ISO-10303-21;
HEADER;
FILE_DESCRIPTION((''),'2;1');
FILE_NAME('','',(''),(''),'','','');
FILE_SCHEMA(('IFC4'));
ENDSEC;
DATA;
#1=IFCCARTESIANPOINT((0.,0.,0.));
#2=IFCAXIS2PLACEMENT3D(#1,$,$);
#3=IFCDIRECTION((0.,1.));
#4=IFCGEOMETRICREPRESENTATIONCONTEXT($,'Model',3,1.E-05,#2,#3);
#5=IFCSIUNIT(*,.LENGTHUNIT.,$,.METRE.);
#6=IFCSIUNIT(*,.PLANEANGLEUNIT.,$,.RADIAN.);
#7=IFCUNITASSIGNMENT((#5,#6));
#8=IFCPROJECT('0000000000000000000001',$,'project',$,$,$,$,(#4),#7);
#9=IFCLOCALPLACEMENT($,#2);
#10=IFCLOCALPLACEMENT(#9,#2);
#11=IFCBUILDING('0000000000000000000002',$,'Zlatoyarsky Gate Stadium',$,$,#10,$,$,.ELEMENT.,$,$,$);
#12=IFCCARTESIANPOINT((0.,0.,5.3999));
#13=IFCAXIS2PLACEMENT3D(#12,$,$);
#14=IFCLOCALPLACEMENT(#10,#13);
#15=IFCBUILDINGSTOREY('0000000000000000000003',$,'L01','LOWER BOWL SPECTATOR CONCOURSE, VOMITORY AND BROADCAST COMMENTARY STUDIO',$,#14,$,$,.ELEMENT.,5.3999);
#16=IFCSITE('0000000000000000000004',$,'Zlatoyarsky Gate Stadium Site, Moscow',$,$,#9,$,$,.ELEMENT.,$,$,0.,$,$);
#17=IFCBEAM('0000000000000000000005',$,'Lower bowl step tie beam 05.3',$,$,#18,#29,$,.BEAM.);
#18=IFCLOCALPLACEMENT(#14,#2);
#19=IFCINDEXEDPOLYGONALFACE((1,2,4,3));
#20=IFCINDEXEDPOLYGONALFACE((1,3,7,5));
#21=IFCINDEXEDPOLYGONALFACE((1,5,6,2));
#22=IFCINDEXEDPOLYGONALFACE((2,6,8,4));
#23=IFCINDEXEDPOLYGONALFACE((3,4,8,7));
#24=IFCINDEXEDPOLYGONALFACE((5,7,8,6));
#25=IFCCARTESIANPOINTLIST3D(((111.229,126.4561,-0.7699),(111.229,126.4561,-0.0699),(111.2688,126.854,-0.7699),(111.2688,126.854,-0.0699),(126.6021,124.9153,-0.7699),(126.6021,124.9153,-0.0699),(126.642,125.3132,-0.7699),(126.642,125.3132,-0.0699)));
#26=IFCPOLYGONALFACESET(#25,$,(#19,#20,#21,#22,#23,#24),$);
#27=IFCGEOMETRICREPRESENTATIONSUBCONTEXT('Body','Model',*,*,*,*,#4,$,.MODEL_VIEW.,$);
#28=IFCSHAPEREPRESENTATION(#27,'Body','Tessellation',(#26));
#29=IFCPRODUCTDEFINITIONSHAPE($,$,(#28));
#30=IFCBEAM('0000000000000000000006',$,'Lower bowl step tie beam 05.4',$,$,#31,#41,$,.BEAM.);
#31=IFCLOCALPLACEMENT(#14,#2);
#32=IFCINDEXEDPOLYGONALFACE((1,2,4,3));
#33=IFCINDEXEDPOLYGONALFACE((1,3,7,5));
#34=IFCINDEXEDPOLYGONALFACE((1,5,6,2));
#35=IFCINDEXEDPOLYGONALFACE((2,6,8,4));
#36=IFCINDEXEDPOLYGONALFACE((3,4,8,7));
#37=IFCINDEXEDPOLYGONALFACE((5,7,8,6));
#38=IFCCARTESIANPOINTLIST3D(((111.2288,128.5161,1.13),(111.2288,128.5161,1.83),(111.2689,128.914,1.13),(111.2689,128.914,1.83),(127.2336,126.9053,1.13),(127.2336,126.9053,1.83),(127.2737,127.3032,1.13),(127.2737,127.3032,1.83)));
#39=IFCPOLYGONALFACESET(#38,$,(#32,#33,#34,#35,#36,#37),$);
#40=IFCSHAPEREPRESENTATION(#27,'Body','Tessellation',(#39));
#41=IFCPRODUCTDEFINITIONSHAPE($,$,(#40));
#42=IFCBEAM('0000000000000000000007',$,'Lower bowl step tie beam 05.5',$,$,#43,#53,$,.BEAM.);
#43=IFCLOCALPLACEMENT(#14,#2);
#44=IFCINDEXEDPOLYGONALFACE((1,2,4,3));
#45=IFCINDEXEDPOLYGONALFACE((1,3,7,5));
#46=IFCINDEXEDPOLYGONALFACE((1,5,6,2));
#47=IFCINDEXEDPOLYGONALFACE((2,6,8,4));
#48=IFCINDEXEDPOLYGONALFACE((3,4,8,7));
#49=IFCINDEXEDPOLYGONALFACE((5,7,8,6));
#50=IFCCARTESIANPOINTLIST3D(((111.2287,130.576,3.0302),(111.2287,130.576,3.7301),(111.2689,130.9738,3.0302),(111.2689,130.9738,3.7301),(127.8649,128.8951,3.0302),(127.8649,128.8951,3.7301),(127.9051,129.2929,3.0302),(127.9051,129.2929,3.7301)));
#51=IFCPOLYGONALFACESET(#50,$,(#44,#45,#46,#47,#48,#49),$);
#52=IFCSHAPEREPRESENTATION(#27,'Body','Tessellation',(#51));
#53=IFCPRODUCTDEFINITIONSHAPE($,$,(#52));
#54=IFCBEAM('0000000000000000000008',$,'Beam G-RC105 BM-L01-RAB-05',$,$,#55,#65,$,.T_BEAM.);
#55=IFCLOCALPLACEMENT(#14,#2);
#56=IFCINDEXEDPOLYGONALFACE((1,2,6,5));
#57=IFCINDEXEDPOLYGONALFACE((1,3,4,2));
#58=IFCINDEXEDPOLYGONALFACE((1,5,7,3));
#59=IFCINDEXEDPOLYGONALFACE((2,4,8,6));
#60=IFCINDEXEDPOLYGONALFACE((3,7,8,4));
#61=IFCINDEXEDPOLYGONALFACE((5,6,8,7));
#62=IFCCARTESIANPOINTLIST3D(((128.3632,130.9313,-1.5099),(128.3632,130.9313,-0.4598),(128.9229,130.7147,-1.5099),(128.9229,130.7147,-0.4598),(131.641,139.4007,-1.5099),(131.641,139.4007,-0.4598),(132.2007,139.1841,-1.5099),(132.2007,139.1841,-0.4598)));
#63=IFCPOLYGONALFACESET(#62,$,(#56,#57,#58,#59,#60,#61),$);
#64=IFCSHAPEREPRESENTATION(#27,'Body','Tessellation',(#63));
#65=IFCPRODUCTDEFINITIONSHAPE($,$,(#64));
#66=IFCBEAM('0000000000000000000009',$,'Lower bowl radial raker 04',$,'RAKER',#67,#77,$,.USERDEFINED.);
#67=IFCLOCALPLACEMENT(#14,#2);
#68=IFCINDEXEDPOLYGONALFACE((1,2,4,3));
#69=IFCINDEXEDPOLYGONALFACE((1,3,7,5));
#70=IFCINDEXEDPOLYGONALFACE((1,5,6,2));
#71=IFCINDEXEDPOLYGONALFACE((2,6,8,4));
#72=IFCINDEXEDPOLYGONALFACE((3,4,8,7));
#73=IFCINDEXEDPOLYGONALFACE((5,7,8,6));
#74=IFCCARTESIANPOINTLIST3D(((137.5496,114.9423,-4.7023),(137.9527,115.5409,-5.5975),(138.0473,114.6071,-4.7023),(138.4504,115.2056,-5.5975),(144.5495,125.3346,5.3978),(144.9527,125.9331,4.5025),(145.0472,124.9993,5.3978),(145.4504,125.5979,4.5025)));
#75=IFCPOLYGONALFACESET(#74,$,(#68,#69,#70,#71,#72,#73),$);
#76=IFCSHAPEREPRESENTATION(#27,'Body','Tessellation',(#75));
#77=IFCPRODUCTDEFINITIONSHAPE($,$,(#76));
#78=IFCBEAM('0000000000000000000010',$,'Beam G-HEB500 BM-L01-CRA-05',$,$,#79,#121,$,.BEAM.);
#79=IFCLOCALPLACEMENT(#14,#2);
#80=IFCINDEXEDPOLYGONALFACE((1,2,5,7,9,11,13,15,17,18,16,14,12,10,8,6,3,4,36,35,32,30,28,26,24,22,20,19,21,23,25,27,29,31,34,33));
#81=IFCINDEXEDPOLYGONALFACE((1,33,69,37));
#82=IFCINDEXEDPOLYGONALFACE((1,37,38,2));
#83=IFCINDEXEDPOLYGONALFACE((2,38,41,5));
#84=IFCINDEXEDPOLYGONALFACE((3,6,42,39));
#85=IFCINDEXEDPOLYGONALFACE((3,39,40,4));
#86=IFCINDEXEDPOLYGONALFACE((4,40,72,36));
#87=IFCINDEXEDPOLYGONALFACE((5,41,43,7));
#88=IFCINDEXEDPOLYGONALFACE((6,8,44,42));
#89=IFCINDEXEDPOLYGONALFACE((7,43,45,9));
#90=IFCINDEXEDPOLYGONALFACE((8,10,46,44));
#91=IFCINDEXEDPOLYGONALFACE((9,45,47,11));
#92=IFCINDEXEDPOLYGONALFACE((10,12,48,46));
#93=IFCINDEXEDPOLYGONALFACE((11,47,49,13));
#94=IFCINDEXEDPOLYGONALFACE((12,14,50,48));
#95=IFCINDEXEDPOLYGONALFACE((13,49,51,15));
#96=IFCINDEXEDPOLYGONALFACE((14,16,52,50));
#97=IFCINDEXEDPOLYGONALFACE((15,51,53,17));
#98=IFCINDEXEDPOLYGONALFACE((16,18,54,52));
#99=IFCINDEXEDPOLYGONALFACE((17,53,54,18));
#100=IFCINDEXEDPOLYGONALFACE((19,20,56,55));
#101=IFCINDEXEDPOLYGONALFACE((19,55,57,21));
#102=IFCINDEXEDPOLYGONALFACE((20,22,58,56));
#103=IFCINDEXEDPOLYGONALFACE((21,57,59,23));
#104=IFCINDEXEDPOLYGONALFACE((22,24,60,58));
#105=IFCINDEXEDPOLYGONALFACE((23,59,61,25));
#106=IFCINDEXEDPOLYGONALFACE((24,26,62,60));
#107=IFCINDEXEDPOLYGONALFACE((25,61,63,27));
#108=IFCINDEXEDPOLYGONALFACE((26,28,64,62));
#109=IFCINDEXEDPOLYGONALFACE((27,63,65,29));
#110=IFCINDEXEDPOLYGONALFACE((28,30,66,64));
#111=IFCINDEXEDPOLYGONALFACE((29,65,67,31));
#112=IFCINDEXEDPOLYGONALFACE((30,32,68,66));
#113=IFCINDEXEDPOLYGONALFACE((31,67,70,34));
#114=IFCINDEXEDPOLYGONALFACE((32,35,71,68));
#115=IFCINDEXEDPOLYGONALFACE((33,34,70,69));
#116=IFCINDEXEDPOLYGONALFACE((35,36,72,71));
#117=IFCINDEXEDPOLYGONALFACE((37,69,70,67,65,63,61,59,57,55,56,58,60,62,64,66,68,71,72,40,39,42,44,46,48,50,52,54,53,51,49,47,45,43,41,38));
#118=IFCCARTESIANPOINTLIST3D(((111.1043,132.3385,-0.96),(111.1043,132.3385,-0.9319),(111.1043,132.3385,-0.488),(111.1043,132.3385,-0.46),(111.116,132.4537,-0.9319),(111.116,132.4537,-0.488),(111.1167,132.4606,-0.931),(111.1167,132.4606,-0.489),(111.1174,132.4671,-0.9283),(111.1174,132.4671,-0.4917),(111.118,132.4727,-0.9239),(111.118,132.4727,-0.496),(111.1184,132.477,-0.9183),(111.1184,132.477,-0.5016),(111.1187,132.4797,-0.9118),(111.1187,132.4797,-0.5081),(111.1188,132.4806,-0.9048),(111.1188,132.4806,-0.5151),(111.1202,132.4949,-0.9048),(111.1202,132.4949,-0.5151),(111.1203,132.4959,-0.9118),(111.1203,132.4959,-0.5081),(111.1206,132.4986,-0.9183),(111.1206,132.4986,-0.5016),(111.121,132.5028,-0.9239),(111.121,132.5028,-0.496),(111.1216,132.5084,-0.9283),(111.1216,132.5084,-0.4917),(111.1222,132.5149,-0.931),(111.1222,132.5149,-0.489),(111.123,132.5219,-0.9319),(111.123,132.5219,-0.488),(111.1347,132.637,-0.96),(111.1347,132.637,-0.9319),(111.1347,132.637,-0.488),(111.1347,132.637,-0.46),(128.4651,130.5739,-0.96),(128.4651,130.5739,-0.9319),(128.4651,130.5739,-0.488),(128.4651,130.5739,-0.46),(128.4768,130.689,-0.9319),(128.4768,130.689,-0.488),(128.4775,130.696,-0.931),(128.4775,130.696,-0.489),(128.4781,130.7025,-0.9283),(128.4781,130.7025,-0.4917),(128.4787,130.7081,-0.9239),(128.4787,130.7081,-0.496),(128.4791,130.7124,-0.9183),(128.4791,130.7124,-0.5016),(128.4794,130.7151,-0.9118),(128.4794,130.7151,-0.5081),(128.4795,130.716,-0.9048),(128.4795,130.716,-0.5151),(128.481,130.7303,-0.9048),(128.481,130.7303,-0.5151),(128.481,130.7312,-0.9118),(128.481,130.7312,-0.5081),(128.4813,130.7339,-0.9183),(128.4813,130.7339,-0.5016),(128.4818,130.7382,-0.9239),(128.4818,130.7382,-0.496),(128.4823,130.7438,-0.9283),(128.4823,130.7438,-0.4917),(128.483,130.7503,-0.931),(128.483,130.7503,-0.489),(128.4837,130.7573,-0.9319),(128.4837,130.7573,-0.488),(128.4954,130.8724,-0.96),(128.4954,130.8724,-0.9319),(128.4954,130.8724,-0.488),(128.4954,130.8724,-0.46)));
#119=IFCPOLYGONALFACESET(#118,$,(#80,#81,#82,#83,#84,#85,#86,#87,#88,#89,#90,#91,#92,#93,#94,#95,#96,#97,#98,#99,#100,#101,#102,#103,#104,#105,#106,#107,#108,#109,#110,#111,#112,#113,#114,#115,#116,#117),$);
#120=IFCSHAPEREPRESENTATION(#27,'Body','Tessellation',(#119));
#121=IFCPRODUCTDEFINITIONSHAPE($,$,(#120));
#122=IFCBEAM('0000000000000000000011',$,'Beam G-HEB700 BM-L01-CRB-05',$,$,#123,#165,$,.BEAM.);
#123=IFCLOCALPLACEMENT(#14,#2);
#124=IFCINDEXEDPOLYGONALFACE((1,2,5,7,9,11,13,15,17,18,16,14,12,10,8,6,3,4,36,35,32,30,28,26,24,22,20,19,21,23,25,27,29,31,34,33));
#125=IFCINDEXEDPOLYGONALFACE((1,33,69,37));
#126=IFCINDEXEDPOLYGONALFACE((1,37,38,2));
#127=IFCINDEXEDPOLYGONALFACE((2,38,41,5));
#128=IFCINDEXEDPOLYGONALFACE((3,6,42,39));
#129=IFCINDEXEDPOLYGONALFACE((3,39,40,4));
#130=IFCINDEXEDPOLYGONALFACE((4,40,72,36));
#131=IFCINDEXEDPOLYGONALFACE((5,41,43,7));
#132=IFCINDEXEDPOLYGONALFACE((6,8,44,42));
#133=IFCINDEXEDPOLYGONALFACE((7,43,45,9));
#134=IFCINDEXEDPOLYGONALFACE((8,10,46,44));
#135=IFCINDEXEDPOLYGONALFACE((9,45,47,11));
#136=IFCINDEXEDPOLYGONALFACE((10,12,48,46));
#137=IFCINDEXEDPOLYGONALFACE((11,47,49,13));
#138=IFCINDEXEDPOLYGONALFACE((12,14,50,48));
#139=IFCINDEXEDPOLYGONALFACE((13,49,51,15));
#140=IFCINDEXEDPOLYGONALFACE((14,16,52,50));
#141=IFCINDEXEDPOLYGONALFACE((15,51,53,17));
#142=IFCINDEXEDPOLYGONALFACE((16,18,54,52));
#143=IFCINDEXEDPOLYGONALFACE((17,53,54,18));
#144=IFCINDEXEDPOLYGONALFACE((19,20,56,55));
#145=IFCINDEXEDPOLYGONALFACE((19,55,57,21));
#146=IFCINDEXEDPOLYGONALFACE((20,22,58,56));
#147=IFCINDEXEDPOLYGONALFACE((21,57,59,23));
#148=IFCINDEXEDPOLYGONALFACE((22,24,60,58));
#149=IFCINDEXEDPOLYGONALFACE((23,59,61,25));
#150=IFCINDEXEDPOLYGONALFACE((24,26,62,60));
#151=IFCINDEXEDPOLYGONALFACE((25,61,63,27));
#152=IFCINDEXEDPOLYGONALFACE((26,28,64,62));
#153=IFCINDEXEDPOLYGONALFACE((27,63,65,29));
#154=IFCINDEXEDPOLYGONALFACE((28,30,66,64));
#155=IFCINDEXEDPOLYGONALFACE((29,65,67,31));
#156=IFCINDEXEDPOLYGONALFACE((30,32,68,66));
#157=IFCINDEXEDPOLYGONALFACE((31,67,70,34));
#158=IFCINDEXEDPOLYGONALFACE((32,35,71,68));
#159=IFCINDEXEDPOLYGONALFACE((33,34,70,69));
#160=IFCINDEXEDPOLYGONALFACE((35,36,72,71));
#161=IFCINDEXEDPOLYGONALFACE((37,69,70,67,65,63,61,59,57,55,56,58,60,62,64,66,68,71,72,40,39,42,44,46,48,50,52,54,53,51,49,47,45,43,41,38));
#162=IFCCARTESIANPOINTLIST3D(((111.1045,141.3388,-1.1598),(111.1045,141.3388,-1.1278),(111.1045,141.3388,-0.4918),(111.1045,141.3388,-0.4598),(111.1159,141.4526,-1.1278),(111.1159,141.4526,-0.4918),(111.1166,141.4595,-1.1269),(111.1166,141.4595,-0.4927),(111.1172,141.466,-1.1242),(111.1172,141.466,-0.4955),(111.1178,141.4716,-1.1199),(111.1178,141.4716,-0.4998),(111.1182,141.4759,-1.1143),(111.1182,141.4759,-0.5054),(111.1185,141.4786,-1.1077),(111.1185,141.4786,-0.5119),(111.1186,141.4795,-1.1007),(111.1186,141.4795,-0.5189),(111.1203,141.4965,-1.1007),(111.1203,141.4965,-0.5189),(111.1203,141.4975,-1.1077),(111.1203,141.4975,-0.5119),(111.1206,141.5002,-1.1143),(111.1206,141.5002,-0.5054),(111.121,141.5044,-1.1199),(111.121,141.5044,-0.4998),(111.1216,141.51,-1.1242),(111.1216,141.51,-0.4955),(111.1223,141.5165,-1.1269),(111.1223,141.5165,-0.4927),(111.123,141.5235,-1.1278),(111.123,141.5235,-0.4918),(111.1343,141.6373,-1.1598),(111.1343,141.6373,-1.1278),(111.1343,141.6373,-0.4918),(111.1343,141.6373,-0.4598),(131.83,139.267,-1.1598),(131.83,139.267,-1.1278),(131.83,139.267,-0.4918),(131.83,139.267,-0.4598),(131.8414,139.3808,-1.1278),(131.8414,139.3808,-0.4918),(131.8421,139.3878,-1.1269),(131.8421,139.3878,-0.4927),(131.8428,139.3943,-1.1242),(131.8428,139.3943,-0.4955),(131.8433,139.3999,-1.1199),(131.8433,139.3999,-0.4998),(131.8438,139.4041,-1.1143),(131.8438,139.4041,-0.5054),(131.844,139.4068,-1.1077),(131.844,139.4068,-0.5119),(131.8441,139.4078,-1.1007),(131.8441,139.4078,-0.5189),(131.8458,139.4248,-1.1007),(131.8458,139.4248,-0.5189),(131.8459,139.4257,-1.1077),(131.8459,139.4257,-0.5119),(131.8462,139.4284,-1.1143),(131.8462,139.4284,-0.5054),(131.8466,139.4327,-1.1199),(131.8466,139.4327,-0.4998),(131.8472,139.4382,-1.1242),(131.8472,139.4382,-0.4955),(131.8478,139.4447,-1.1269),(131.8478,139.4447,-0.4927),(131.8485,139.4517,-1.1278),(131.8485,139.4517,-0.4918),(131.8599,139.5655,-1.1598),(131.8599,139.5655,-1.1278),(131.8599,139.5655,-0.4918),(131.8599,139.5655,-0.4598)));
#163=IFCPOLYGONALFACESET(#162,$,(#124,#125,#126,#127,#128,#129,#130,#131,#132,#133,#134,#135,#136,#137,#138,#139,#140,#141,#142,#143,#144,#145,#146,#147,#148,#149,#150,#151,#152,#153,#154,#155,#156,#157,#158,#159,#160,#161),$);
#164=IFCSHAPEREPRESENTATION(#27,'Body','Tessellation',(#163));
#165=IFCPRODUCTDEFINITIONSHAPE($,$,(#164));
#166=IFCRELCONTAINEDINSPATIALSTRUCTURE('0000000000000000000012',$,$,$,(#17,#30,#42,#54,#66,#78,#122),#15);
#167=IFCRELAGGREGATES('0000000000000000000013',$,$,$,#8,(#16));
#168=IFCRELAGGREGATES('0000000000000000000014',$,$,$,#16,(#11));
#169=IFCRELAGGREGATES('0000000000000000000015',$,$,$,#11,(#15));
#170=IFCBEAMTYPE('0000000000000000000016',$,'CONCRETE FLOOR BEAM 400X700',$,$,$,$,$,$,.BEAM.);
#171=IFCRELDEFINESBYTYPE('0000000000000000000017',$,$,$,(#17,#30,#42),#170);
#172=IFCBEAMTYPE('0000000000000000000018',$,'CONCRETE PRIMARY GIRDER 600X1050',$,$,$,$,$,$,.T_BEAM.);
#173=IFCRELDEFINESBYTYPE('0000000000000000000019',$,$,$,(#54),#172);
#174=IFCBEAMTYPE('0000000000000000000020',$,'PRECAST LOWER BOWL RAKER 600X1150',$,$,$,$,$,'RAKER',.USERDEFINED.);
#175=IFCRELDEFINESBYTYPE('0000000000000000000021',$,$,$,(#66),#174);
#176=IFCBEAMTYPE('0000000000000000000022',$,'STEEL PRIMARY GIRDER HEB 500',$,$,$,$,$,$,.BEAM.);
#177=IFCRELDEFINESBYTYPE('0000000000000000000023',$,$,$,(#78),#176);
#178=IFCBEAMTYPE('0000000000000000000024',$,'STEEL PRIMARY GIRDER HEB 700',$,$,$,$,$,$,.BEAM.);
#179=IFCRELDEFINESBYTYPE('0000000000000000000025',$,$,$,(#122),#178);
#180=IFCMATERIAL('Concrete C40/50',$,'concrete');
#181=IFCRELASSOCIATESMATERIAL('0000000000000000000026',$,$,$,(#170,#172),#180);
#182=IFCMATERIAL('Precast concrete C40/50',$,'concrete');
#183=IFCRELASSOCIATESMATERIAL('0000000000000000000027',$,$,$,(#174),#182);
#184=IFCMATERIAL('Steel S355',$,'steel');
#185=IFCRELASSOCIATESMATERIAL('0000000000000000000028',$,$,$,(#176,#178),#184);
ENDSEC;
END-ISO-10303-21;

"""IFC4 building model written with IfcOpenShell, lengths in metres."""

from ifc_helpers import new_model, si_unit, direction, frame, origin, origin_2d, place, context, subcontext, project, spatial, rectangle, i_section, extrude, material, material_profile, profile_set, type_object, element, save


model = new_model("IFC4")

# Units and contexts
model_context = context("Model", 3, precision=1e-05, world=origin(), true_north=direction((0.0, 1.0)))
body_context = subcontext(model_context, "Body", "Model", "MODEL_VIEW")
ifc_project = project(units=[si_unit("LENGTHUNIT", "METRE"), si_unit("PLANEANGLEUNIT", "RADIAN")], contexts=[model_context])

# Site, building, storey
site_placement = place(None, origin())
site = spatial("IfcSite", under=ifc_project, at=site_placement, Name="Zlatoyarsky Gate Stadium Site, Moscow", CompositionType="ELEMENT", RefElevation=0.0)
building_placement = place(site_placement, origin())
building = spatial("IfcBuilding", under=site, at=building_placement, Name="Zlatoyarsky Gate Stadium", CompositionType="ELEMENT")
storey_placement = place(building_placement, frame((0.0, 0.0, 5.3999)))
storey = spatial("IfcBuildingStorey", under=building, at=storey_placement, Name="L01", Description="LOWER BOWL SPECTATOR CONCOURSE, VOMITORY AND BROADCAST COMMENTARY STUDIO", CompositionType="ELEMENT", Elevation=5.3999)

# Shared definitions
ifc_material_1 = material(Name="Concrete C40/50", Category="concrete")
ifc_material_2 = material(Name="Steel S355", Category="steel")

# Beams
ifc_material_profile_1 = material_profile(ifc_material_1, rectangle(XDim=0.3999, YDim=0.7, at=origin_2d()), Name="RC BEAM 400X700")
ifc_profile_set_1 = profile_set([ifc_material_profile_1], Name="Concrete C40/50")
beam_type_1 = type_object("IfcBeamType", Name="CONCRETE FLOOR BEAM 400X700", PredefinedType="BEAM", material=ifc_profile_set_1)
beam_1_placement = place(storey_placement, frame((126.6221, 125.1143, -0.4199), z_axis=(-0.995015, 0.099724, 0.0), x_axis=(-0.099724, -0.995015, 0.0)))
element("IfcBeam", 1, at=beam_1_placement, inside=storey, type_object=beam_type_1, Name="Lower bowl step tie beam 05.3", PredefinedType="BEAM", context=body_context, shape_type="SweptSolid", body=[
    extrude(rectangle(XDim=0.3999, YDim=0.7, at=origin_2d()), origin(), (0.0, 0.0, 1.0), 15.4502),
])
beam_2_placement = place(storey_placement, frame((127.2537, 127.1042, 1.48), z_axis=(-0.994973, 0.100141, 0.0), x_axis=(-0.100141, -0.994973, 0.0)))
element("IfcBeam", 2, at=beam_2_placement, inside=storey, type_object=beam_type_1, Name="Lower bowl step tie beam 05.4", PredefinedType="BEAM", context=body_context, shape_type="SweptSolid", body=[
    extrude(rectangle(XDim=0.3999, YDim=0.7, at=origin_2d()), origin(), (0.0, 0.0, 1.0), 16.0857),
])
beam_3_placement = place(storey_placement, frame((127.885, 129.094, 3.3801), z_axis=(-0.994934, 0.100527, 0.0), x_axis=(-0.100527, -0.994934, 0.0)))
element("IfcBeam", 3, at=beam_3_placement, inside=storey, type_object=beam_type_1, Name="Lower bowl step tie beam 05.5", PredefinedType="BEAM", context=body_context, shape_type="SweptSolid", body=[
    extrude(rectangle(XDim=0.3999, YDim=0.7, at=origin_2d()), origin(), (0.0, 0.0, 1.0), 16.7209),
])
ifc_material_profile_2 = material_profile(ifc_material_1, rectangle(XDim=0.6001, YDim=1.05, at=origin_2d()), Name="RC GIRDER 600X1050")
ifc_profile_set_2 = profile_set([ifc_material_profile_2], Name="Concrete C40/50")
beam_type_2 = type_object("IfcBeamType", Name="CONCRETE PRIMARY GIRDER 600X1050", PredefinedType="T_BEAM", material=ifc_profile_set_2)
beam_4_placement = place(storey_placement, frame((128.6431, 130.823, -0.9849), z_axis=(0.360929, 0.932593, 0.0), x_axis=(-0.932593, 0.360929, 0.0)))
element("IfcBeam", 4, at=beam_4_placement, inside=storey, type_object=beam_type_2, Name="Beam G-RC105 BM-L01-RAB-05", PredefinedType="T_BEAM", context=body_context, shape_type="SweptSolid", body=[
    extrude(rectangle(XDim=0.6001, YDim=1.05, at=origin_2d()), origin(), (0.0, 0.0, 1.0), 9.0815),
])
ifc_material_3 = material(Name="Precast concrete C40/50", Category="concrete")
ifc_material_profile_3 = material_profile(ifc_material_3, rectangle(XDim=0.6001, YDim=1.1499, at=origin_2d()), Name="PC RAKER 600X1150")
ifc_profile_set_3 = profile_set([ifc_material_profile_3], Name="Precast concrete C40/50")
beam_type_3 = type_object("IfcBeamType", Name="PRECAST LOWER BOWL RAKER 600X1150", ElementType="RAKER", PredefinedType="USERDEFINED", material=ifc_profile_set_3)
beam_5_placement = place(storey_placement, frame((138.0, 115.074, -5.1499), z_axis=(0.434948, 0.645733, 0.627574), x_axis=(-0.829397, 0.55866, 0.0)))
element("IfcBeam", 5, at=beam_5_placement, inside=storey, type_object=beam_type_3, Name="Lower bowl radial raker 04", ObjectType="RAKER", PredefinedType="USERDEFINED", context=body_context, shape_type="SweptSolid", body=[
    extrude(rectangle(XDim=0.6001, YDim=1.1499, at=origin_2d()), origin(), (0.0, 0.0, 1.0), 16.0938),
])
ifc_material_profile_4 = material_profile(ifc_material_2, i_section(OverallWidth=0.3, OverallDepth=0.5, WebThickness=0.0144, FlangeThickness=0.0281, FilletRadius=0.0271, at=origin_2d()), Name="HEB 500")
ifc_profile_set_4 = profile_set([ifc_material_profile_4], Name="Steel S355")
beam_type_4 = type_object("IfcBeamType", Name="STEEL PRIMARY GIRDER HEB 500", PredefinedType="BEAM", material=ifc_profile_set_4)
beam_6_placement = place(storey_placement, frame((128.4802, 130.7231, -0.71), z_axis=(-0.994874, 0.101124, 0.0), x_axis=(-0.101124, -0.994874, 0.0)))
element("IfcBeam", 6, at=beam_6_placement, inside=storey, type_object=beam_type_4, Name="Beam G-HEB500 BM-L01-CRA-05", PredefinedType="BEAM", context=body_context, shape_type="SweptSolid", body=[
    extrude(i_section(OverallWidth=0.3, OverallDepth=0.5, WebThickness=0.0144, FlangeThickness=0.0281, FilletRadius=0.0271, at=origin_2d()), origin(), (0.0, 0.0, 1.0), 17.4502),
])
ifc_material_profile_5 = material_profile(ifc_material_2, i_section(OverallWidth=0.3, OverallDepth=0.7, WebThickness=0.0171, FlangeThickness=0.032, FilletRadius=0.0271, at=origin_2d()), Name="HEB 700")
ifc_profile_set_5 = profile_set([ifc_material_profile_5], Name="Steel S355")
beam_type_5 = type_object("IfcBeamType", Name="STEEL PRIMARY GIRDER HEB 700", PredefinedType="BEAM", material=ifc_profile_set_5)
beam_7_placement = place(storey_placement, frame((131.845, 139.4163, -0.8098), z_axis=(-0.995041, 0.099467, 0.0), x_axis=(-0.099467, -0.995041, 0.0)))
element("IfcBeam", 7, at=beam_7_placement, inside=storey, type_object=beam_type_5, Name="Beam G-HEB700 BM-L01-CRB-05", PredefinedType="BEAM", context=body_context, shape_type="SweptSolid", body=[
    extrude(i_section(OverallWidth=0.3, OverallDepth=0.7, WebThickness=0.0171, FlangeThickness=0.032, FilletRadius=0.0271, at=origin_2d()), origin(), (0.0, 0.0, 1.0), 20.8289),
])

save(model, "model.ifc")
